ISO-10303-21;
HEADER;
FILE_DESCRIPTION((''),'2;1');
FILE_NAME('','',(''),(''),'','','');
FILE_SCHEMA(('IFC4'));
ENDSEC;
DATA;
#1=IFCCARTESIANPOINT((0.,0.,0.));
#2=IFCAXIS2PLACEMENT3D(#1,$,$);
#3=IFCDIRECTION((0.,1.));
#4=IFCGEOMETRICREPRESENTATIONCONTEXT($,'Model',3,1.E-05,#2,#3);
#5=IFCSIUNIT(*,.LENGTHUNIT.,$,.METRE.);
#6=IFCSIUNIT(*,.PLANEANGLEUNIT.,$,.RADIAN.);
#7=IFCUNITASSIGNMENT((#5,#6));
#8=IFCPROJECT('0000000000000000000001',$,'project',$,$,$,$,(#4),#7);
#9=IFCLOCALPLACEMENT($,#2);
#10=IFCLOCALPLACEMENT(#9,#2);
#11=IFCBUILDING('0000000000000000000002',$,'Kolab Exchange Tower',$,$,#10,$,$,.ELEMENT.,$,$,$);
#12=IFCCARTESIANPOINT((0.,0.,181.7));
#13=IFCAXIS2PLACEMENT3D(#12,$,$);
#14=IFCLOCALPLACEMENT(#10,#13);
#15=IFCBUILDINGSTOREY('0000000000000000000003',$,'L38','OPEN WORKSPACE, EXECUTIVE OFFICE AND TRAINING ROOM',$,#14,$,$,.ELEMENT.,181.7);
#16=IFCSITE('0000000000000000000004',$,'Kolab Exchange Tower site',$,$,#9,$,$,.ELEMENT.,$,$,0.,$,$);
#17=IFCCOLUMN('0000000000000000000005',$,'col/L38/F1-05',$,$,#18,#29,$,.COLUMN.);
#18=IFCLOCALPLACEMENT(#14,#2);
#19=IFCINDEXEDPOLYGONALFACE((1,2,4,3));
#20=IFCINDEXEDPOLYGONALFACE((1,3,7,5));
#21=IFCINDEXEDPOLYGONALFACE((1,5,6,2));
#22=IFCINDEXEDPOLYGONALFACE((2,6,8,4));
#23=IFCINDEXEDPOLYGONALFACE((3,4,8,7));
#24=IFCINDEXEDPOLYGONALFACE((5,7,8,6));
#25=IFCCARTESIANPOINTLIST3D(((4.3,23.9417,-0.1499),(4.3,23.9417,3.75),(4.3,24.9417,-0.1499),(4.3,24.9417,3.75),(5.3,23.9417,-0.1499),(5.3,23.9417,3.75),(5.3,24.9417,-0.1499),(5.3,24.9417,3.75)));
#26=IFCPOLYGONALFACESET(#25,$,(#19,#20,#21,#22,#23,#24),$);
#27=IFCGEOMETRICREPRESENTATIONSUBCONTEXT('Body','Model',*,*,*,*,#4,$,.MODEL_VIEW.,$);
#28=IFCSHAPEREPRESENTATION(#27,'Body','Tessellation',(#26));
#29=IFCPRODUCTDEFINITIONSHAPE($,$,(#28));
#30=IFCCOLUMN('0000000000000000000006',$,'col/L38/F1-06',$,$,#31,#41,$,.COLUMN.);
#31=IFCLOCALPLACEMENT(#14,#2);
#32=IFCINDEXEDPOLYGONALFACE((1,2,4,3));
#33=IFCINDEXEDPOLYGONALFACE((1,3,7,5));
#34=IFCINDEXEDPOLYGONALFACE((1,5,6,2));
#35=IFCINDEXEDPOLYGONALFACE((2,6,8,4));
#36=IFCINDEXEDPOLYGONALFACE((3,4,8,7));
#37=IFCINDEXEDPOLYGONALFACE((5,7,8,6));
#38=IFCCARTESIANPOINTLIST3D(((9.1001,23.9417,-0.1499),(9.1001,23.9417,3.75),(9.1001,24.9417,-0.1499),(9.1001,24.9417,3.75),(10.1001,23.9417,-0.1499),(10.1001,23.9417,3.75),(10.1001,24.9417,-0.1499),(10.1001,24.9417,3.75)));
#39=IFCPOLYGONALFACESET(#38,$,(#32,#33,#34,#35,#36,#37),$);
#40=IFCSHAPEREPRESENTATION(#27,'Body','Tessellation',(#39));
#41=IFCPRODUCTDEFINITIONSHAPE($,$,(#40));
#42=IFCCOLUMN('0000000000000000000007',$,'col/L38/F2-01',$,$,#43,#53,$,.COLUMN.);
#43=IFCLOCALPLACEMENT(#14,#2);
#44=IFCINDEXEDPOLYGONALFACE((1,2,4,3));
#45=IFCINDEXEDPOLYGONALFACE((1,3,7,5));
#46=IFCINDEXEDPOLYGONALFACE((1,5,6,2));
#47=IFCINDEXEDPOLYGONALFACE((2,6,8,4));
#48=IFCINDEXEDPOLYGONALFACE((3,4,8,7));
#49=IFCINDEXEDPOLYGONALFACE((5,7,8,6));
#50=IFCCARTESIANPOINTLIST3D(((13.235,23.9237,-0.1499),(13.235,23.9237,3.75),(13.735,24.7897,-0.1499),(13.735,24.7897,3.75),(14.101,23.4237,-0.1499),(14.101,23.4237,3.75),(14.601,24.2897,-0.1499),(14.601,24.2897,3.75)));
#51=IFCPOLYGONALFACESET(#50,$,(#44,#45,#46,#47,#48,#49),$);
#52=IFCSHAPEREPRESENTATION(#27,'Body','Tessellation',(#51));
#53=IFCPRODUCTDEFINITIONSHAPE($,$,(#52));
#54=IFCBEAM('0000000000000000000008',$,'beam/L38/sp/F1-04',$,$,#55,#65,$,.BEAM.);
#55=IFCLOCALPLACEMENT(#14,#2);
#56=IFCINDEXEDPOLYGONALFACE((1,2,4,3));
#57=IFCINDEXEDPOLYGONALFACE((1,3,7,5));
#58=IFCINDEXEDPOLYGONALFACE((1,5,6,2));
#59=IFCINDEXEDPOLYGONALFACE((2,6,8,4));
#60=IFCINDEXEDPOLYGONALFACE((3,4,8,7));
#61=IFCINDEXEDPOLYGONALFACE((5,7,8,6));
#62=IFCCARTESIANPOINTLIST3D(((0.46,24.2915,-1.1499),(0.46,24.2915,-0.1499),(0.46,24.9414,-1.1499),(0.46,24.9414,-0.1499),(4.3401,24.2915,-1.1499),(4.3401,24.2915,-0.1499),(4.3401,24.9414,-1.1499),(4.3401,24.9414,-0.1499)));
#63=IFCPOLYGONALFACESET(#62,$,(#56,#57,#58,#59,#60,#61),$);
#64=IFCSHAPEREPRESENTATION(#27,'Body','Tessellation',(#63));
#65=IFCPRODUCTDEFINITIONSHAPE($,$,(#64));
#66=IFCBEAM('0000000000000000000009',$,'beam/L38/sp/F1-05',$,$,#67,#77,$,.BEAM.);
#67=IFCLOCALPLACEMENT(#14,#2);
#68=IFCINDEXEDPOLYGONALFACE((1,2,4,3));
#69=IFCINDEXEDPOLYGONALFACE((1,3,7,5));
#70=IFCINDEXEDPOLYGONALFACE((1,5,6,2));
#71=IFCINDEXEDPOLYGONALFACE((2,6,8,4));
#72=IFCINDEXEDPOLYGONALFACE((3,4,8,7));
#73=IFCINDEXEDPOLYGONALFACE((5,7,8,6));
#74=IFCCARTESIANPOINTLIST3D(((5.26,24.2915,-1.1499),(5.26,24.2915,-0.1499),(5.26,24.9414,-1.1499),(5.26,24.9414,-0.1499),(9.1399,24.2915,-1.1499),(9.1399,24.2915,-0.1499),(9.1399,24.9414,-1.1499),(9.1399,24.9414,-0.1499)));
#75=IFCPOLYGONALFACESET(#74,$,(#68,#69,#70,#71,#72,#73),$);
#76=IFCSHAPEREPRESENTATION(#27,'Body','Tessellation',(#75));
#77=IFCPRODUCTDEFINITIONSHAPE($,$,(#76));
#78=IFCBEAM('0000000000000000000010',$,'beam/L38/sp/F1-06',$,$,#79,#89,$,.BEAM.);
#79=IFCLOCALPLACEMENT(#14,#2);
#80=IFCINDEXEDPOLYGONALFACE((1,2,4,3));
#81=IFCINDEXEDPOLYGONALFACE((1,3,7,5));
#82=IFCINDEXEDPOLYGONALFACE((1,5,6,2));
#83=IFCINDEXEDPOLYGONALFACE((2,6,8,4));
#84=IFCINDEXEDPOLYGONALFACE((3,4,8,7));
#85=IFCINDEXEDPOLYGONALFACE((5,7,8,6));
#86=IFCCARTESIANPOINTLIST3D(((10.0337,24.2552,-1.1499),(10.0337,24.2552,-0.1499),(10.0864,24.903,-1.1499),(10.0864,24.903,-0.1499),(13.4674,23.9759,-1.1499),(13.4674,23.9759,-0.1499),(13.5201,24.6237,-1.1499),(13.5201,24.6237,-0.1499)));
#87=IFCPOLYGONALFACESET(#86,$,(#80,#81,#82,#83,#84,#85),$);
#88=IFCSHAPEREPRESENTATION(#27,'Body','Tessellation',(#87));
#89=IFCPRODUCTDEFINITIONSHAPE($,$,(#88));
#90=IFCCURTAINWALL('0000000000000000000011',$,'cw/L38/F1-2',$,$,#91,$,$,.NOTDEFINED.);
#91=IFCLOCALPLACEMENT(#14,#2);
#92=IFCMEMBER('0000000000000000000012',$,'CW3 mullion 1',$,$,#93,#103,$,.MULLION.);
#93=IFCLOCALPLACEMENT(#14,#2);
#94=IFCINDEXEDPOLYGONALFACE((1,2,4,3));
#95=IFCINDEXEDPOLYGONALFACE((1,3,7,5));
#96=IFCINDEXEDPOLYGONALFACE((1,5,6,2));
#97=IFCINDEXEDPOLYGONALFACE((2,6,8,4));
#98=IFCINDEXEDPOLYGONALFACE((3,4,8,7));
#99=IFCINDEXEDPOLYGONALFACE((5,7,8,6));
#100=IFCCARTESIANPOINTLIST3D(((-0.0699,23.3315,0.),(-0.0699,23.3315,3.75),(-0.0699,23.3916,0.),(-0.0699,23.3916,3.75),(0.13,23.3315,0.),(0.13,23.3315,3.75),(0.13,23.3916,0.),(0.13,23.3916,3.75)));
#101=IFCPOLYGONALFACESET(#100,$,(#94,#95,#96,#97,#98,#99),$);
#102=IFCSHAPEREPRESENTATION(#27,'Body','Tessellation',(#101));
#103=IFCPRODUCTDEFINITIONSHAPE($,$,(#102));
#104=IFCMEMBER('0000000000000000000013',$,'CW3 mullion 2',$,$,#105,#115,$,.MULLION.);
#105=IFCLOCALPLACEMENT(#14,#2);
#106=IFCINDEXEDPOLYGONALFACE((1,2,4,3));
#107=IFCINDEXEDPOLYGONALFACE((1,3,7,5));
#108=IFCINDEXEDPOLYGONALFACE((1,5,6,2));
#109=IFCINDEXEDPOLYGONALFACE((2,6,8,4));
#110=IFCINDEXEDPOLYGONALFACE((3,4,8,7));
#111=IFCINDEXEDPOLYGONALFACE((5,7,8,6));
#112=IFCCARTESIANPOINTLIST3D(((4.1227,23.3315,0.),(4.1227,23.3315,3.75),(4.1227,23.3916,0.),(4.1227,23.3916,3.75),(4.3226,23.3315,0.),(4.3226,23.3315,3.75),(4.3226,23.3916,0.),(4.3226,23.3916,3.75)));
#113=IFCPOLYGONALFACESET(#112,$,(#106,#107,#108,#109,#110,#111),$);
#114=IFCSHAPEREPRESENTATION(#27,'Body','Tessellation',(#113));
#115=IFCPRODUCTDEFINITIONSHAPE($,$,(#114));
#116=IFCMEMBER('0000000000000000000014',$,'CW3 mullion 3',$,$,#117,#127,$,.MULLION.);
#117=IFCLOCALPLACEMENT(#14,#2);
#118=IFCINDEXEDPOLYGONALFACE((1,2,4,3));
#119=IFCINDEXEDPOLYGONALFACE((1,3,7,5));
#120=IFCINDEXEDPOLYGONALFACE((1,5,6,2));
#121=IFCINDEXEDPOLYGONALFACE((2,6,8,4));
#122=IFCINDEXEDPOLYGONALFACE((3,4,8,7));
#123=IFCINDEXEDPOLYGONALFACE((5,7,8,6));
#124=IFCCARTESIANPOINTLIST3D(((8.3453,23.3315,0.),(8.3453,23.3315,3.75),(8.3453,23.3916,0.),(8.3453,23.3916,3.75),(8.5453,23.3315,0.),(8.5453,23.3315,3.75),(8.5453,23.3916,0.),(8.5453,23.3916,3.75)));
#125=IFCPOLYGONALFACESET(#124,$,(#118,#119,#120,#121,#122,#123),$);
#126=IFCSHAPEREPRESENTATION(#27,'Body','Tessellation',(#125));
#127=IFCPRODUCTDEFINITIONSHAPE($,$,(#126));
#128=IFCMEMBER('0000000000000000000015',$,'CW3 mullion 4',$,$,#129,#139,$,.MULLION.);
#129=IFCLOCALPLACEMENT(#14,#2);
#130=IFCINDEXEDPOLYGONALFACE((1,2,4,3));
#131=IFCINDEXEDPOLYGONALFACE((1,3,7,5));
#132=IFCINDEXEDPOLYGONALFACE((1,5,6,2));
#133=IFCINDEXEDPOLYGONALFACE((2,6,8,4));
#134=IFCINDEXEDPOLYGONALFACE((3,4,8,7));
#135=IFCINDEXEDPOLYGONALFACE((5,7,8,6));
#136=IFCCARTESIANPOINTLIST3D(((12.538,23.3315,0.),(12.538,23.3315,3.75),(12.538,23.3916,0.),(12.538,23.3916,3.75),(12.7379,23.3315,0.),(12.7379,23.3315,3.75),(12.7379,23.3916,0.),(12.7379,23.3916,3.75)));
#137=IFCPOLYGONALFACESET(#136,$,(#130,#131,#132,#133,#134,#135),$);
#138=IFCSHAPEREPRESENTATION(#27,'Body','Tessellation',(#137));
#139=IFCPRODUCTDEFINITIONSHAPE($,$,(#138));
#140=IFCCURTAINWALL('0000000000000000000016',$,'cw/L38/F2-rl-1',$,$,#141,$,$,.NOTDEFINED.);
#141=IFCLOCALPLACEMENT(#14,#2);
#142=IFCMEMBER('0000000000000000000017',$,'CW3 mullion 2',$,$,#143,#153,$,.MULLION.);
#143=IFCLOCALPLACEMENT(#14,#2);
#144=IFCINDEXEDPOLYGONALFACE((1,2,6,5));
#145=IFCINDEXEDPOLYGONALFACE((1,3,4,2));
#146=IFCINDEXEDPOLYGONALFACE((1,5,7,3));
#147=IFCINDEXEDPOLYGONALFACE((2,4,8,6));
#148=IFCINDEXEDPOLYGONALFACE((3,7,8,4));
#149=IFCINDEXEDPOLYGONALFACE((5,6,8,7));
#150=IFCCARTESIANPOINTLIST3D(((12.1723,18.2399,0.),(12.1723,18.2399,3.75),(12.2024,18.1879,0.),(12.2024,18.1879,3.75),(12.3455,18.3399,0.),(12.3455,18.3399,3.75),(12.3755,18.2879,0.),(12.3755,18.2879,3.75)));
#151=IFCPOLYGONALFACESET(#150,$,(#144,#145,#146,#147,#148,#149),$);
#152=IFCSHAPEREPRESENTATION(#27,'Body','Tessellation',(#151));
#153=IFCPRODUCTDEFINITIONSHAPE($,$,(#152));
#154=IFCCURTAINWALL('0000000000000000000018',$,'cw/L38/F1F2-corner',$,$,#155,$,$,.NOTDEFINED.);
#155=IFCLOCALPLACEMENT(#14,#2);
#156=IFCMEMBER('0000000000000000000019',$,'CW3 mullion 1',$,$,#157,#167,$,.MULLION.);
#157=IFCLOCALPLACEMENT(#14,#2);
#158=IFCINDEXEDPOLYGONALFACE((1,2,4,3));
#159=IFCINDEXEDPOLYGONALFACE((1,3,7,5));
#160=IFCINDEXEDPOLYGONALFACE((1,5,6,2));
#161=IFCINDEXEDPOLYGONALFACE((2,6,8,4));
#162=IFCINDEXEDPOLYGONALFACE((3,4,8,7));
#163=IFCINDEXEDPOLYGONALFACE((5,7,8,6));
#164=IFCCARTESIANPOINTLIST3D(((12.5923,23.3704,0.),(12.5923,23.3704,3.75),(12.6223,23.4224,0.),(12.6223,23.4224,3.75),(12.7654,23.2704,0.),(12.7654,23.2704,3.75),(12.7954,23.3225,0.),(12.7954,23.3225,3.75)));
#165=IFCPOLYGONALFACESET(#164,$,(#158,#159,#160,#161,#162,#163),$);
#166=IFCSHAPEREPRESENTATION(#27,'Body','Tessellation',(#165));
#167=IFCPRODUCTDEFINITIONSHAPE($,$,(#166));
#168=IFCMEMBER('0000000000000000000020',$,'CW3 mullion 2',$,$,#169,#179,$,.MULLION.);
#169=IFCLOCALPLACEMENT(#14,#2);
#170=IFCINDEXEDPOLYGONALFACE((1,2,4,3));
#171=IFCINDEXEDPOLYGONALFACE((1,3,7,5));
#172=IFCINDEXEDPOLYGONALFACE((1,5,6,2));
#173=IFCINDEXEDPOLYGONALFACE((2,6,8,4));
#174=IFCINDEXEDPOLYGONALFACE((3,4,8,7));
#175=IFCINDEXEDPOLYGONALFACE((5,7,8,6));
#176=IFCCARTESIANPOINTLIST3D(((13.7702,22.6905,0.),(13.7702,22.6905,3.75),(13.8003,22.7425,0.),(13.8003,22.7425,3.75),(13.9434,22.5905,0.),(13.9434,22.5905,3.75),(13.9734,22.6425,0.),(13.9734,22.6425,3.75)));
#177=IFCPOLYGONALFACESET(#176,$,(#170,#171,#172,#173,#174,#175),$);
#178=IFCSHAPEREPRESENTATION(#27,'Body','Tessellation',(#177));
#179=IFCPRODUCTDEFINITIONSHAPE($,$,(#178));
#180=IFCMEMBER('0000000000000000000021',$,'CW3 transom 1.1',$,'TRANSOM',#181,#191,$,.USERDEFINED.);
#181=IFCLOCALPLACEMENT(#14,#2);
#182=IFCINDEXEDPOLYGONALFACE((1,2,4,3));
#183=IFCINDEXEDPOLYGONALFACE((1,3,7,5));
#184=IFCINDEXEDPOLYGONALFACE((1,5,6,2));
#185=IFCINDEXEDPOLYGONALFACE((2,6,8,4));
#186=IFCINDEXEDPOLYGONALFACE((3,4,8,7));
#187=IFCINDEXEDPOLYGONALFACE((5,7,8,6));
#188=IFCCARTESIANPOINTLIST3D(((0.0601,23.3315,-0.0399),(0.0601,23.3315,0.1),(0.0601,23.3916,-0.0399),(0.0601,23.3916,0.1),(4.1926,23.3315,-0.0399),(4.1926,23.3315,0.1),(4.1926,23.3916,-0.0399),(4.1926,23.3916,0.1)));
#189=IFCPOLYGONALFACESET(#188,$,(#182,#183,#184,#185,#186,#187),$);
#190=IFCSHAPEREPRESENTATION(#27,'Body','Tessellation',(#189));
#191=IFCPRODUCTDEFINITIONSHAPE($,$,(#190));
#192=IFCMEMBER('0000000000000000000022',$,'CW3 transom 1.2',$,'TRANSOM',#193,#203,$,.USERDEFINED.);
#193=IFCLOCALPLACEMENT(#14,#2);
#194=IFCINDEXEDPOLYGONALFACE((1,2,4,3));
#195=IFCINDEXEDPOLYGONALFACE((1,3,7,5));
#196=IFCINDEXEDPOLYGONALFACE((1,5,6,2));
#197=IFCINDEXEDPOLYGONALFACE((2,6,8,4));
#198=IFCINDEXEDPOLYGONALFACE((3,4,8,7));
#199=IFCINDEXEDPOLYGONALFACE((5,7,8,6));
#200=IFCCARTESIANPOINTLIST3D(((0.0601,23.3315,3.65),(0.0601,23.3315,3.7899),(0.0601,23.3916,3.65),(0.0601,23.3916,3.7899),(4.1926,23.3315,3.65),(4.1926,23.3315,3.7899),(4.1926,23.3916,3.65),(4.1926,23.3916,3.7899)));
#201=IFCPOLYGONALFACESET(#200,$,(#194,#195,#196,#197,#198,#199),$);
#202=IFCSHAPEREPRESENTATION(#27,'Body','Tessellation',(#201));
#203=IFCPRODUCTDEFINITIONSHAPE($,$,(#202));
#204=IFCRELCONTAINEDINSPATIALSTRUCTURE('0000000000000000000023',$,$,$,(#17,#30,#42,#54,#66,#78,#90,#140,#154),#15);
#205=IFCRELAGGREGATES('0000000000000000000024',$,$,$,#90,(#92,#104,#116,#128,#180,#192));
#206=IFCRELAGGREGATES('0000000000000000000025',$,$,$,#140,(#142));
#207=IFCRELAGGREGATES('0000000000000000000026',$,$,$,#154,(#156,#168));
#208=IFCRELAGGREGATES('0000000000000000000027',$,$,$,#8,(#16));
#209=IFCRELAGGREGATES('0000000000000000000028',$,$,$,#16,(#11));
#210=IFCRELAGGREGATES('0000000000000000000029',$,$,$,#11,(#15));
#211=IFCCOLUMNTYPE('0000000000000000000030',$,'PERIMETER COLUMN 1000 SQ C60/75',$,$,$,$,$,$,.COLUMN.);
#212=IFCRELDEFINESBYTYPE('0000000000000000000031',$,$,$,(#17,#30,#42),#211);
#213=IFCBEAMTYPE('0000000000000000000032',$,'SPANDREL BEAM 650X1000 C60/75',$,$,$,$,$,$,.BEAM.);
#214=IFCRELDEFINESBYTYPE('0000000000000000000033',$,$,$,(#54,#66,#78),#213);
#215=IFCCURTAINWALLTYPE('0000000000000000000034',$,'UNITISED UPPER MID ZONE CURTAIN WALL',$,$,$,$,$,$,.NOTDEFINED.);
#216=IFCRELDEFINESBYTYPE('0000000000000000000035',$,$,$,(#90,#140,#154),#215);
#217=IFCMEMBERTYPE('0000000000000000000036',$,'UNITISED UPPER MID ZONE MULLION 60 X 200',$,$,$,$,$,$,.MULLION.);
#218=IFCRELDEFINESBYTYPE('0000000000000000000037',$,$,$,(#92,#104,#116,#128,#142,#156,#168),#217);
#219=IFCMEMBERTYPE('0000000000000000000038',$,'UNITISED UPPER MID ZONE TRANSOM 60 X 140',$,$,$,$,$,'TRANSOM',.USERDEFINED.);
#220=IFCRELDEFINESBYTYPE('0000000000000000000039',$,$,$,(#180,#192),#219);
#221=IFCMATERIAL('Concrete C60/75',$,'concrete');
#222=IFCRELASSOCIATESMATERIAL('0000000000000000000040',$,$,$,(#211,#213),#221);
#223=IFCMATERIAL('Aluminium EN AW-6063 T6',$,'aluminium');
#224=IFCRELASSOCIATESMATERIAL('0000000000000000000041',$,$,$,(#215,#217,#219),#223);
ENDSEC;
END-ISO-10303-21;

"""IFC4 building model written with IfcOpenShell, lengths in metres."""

from ifc_helpers import new_model, si_unit, direction, frame, origin, origin_2d, place, context, subcontext, project, spatial, rectangle, extrude, material, material_profile, profile_set, type_object, element, aggregate, save


model = new_model("IFC4")

# Units and contexts
model_context = context("Model", 3, precision=1e-05, world=origin(), true_north=direction((0.0, 1.0)))
body_context = subcontext(model_context, "Body", "Model", "MODEL_VIEW")
ifc_project = project(units=[si_unit("LENGTHUNIT", "METRE"), si_unit("PLANEANGLEUNIT", "RADIAN")], contexts=[model_context])

# Site, building, storey
site_placement = place(None, origin())
site = spatial("IfcSite", under=ifc_project, at=site_placement, Name="Kolab Exchange Tower site", CompositionType="ELEMENT", RefElevation=0.0)
building_placement = place(site_placement, origin())
building = spatial("IfcBuilding", under=site, at=building_placement, Name="Kolab Exchange Tower", CompositionType="ELEMENT")
storey_placement = place(building_placement, frame((0.0, 0.0, 181.7)))
storey = spatial("IfcBuildingStorey", under=building, at=storey_placement, Name="L38", Description="OPEN WORKSPACE, EXECUTIVE OFFICE AND TRAINING ROOM", CompositionType="ELEMENT", Elevation=181.7)

# Columns
ifc_material_1 = material(Name="Concrete C60/75", Category="concrete")
ifc_material_profile_1 = material_profile(ifc_material_1, rectangle(XDim=1.0, YDim=1.0, at=origin_2d()), Name="RC1000")
ifc_profile_set_1 = profile_set([ifc_material_profile_1], Name="Concrete C60/75")
column_type = type_object("IfcColumnType", Name="PERIMETER COLUMN 1000 SQ C60/75", PredefinedType="COLUMN", material=ifc_profile_set_1)
for number, where, z_axis, x_axis, name in (
    (1, (4.8, 24.4417, -0.1499), (0.0, 0.0, 1.0), (1.0, 0.0, 0.0), "col/L38/F1-05"),
    (2, (9.6001, 24.4417, -0.1499), (0.0, 0.0, 1.0), (1.0, 0.0, 0.0), "col/L38/F1-06"),
    (3, (13.918, 24.1067, -0.1499), (0.0, 0.0, 1.0), (0.5, 0.866025, 0.0), "col/L38/F2-01"),
):
    element("IfcColumn", number, at=place(storey_placement, frame(where, z_axis=z_axis, x_axis=x_axis)), inside=storey, type_object=column_type, Name=name, PredefinedType="COLUMN", context=body_context, shape_type="SweptSolid", body=[
        extrude(rectangle(XDim=1.0, YDim=1.0, at=origin_2d()), origin(), (0.0, 0.0, 1.0), 3.8999),
    ])

# Beams
ifc_material_profile_2 = material_profile(ifc_material_1, rectangle(XDim=0.6499, YDim=1.0, at=origin_2d()), Name="RC650X1000")
ifc_profile_set_2 = profile_set([ifc_material_profile_2], Name="Concrete C60/75")
beam_type = type_object("IfcBeamType", Name="SPANDREL BEAM 650X1000 C60/75", PredefinedType="BEAM", material=ifc_profile_set_2)
beam_1_placement = place(storey_placement, frame((0.46, 24.6165, -0.6499), z_axis=(1.0, 0.0, 0.0), x_axis=(0.0, 1.0, 0.0)))
element("IfcBeam", 4, at=beam_1_placement, inside=storey, type_object=beam_type, Name="beam/L38/sp/F1-04", PredefinedType="BEAM", context=body_context, shape_type="SweptSolid", body=[
    extrude(rectangle(XDim=0.6499, YDim=1.0, at=origin_2d()), origin(), (0.0, 0.0, 1.0), 3.8801),
])
beam_2_placement = place(storey_placement, frame((5.26, 24.6165, -0.6499), z_axis=(1.0, 0.0, 0.0), x_axis=(0.0, 1.0, 0.0)))
element("IfcBeam", 5, at=beam_2_placement, inside=storey, type_object=beam_type, Name="beam/L38/sp/F1-05", PredefinedType="BEAM", context=body_context, shape_type="SweptSolid", body=[
    extrude(rectangle(XDim=0.6499, YDim=1.0, at=origin_2d()), origin(), (0.0, 0.0, 1.0), 3.8799),
])
beam_3_placement = place(storey_placement, frame((10.0601, 24.5791, -0.6499), z_axis=(0.996708, -0.081069, 0.0), x_axis=(0.081069, 0.996708, 0.0)))
element("IfcBeam", 6, at=beam_3_placement, inside=storey, type_object=beam_type, Name="beam/L38/sp/F1-06", PredefinedType="BEAM", context=body_context, shape_type="SweptSolid", body=[
    extrude(rectangle(XDim=0.6499, YDim=1.0, at=origin_2d()), origin(), (0.0, 0.0, 1.0), 3.4451),
])

# Curtain wall, members
ifc_material_2 = material(Name="Aluminium EN AW-6063 T6", Category="aluminium")
curtain_wall_type = type_object("IfcCurtainWallType", Name="UNITISED UPPER MID ZONE CURTAIN WALL", PredefinedType="NOTDEFINED", material=ifc_material_2)
curtain_wall_1_placement = place(storey_placement, origin())
curtain_wall_1 = element("IfcCurtainWall", 7, at=curtain_wall_1_placement, inside=storey, type_object=curtain_wall_type, Name="cw/L38/F1-2", PredefinedType="NOTDEFINED")
ifc_material_profile_3 = material_profile(ifc_material_2, rectangle(XDim=0.0601, YDim=0.2, at=origin_2d()), Name="RECT 60X200")
ifc_profile_set_3 = profile_set([ifc_material_profile_3], Name="Aluminium EN AW-6063 T6")
member_type_1 = type_object("IfcMemberType", Name="UNITISED UPPER MID ZONE MULLION 60 X 200", PredefinedType="MULLION", material=ifc_profile_set_3)
member_1_placement = place(storey_placement, frame((0.03, 23.3616, 0.0), z_axis=(0.0, 0.0, 1.0), x_axis=(0.0, 1.0, 0.0)))
member_1 = element("IfcMember", 8, at=member_1_placement, type_object=member_type_1, Name="CW3 mullion 1", PredefinedType="MULLION", context=body_context, shape_type="SweptSolid", body=[
    extrude(rectangle(XDim=0.0601, YDim=0.2, at=origin_2d()), origin(), (0.0, 0.0, 1.0), 3.75),
])
member_2_placement = place(storey_placement, frame((4.2227, 23.3616, 0.0), z_axis=(0.0, 0.0, 1.0), x_axis=(0.0, 1.0, 0.0)))
member_2 = element("IfcMember", 9, at=member_2_placement, type_object=member_type_1, Name="CW3 mullion 2", PredefinedType="MULLION", context=body_context, shape_type="SweptSolid", body=[
    extrude(rectangle(XDim=0.0601, YDim=0.2, at=origin_2d()), origin(), (0.0, 0.0, 1.0), 3.75),
])
member_3_placement = place(storey_placement, frame((8.4453, 23.3616, 0.0), z_axis=(0.0, 0.0, 1.0), x_axis=(0.0, 1.0, 0.0)))
member_3 = element("IfcMember", 10, at=member_3_placement, type_object=member_type_1, Name="CW3 mullion 3", PredefinedType="MULLION", context=body_context, shape_type="SweptSolid", body=[
    extrude(rectangle(XDim=0.0601, YDim=0.2, at=origin_2d()), origin(), (0.0, 0.0, 1.0), 3.75),
])
member_4_placement = place(storey_placement, frame((12.6379, 23.3616, 0.0), z_axis=(0.0, 0.0, 1.0), x_axis=(0.0, 1.0, 0.0)))
member_4 = element("IfcMember", 11, at=member_4_placement, type_object=member_type_1, Name="CW3 mullion 4", PredefinedType="MULLION", context=body_context, shape_type="SweptSolid", body=[
    extrude(rectangle(XDim=0.0601, YDim=0.2, at=origin_2d()), origin(), (0.0, 0.0, 1.0), 3.75),
])

# Curtain wall, member
curtain_wall_2_placement = place(storey_placement, origin())
curtain_wall_2 = element("IfcCurtainWall", 12, at=curtain_wall_2_placement, inside=storey, type_object=curtain_wall_type, Name="cw/L38/F2-rl-1", PredefinedType="NOTDEFINED")
member_5_placement = place(storey_placement, frame((12.2739, 18.2639, 0.0), z_axis=(0.0, 0.0, 1.0), x_axis=(0.5, -0.866025, 0.0)))
member_5 = element("IfcMember", 13, at=member_5_placement, type_object=member_type_1, Name="CW3 mullion 2", PredefinedType="MULLION", context=body_context, shape_type="SweptSolid", body=[
    extrude(rectangle(XDim=0.0601, YDim=0.2, at=origin_2d()), origin(), (0.0, 0.0, 1.0), 3.75),
])

# Curtain wall, members
curtain_wall_3_placement = place(storey_placement, origin())
curtain_wall_3 = element("IfcCurtainWall", 14, at=curtain_wall_3_placement, inside=storey, type_object=curtain_wall_type, Name="cw/L38/F1F2-corner", PredefinedType="NOTDEFINED")
member_6_placement = place(storey_placement, frame((12.6938, 23.3464, 0.0), z_axis=(0.0, 0.0, 1.0), x_axis=(0.5, 0.866025, 0.0)))
member_6 = element("IfcMember", 15, at=member_6_placement, type_object=member_type_1, Name="CW3 mullion 1", PredefinedType="MULLION", context=body_context, shape_type="SweptSolid", body=[
    extrude(rectangle(XDim=0.0601, YDim=0.2, at=origin_2d()), origin(), (0.0, 0.0, 1.0), 3.75),
])
member_7_placement = place(storey_placement, frame((13.8718, 22.6665, 0.0), z_axis=(0.0, 0.0, 1.0), x_axis=(0.5, 0.866025, 0.0)))
member_7 = element("IfcMember", 16, at=member_7_placement, type_object=member_type_1, Name="CW3 mullion 2", PredefinedType="MULLION", context=body_context, shape_type="SweptSolid", body=[
    extrude(rectangle(XDim=0.0601, YDim=0.2, at=origin_2d()), origin(), (0.0, 0.0, 1.0), 3.75),
])

# Members
ifc_material_profile_4 = material_profile(ifc_material_2, rectangle(XDim=0.0601, YDim=0.1399, at=origin_2d()), Name="RECT 60X140")
ifc_profile_set_4 = profile_set([ifc_material_profile_4], Name="Aluminium EN AW-6063 T6")
member_type_2 = type_object("IfcMemberType", Name="UNITISED UPPER MID ZONE TRANSOM 60 X 140", ElementType="TRANSOM", PredefinedType="USERDEFINED", material=ifc_profile_set_4)
member_8_placement = place(storey_placement, frame((0.0601, 23.3616, 0.03), z_axis=(1.0, 0.0, 0.0), x_axis=(0.0, 1.0, 0.0)))
member_8 = element("IfcMember", 17, at=member_8_placement, type_object=member_type_2, Name="CW3 transom 1.1", ObjectType="TRANSOM", PredefinedType="USERDEFINED", context=body_context, shape_type="SweptSolid", body=[
    extrude(rectangle(XDim=0.0601, YDim=0.1399, at=origin_2d()), origin(), (0.0, 0.0, 1.0), 4.1326),
])
member_9_placement = place(storey_placement, frame((0.0601, 23.3616, 3.72), z_axis=(1.0, 0.0, 0.0), x_axis=(0.0, 1.0, 0.0)))
member_9 = element("IfcMember", 18, at=member_9_placement, type_object=member_type_2, Name="CW3 transom 1.2", ObjectType="TRANSOM", PredefinedType="USERDEFINED", context=body_context, shape_type="SweptSolid", body=[
    extrude(rectangle(XDim=0.0601, YDim=0.1399, at=origin_2d()), origin(), (0.0, 0.0, 1.0), 4.1326),
])

aggregate(curtain_wall_1, [member_1, member_2, member_3, member_4, member_8, member_9])
aggregate(curtain_wall_2, [member_5])
aggregate(curtain_wall_3, [member_6, member_7])

save(model, "model.ifc")
